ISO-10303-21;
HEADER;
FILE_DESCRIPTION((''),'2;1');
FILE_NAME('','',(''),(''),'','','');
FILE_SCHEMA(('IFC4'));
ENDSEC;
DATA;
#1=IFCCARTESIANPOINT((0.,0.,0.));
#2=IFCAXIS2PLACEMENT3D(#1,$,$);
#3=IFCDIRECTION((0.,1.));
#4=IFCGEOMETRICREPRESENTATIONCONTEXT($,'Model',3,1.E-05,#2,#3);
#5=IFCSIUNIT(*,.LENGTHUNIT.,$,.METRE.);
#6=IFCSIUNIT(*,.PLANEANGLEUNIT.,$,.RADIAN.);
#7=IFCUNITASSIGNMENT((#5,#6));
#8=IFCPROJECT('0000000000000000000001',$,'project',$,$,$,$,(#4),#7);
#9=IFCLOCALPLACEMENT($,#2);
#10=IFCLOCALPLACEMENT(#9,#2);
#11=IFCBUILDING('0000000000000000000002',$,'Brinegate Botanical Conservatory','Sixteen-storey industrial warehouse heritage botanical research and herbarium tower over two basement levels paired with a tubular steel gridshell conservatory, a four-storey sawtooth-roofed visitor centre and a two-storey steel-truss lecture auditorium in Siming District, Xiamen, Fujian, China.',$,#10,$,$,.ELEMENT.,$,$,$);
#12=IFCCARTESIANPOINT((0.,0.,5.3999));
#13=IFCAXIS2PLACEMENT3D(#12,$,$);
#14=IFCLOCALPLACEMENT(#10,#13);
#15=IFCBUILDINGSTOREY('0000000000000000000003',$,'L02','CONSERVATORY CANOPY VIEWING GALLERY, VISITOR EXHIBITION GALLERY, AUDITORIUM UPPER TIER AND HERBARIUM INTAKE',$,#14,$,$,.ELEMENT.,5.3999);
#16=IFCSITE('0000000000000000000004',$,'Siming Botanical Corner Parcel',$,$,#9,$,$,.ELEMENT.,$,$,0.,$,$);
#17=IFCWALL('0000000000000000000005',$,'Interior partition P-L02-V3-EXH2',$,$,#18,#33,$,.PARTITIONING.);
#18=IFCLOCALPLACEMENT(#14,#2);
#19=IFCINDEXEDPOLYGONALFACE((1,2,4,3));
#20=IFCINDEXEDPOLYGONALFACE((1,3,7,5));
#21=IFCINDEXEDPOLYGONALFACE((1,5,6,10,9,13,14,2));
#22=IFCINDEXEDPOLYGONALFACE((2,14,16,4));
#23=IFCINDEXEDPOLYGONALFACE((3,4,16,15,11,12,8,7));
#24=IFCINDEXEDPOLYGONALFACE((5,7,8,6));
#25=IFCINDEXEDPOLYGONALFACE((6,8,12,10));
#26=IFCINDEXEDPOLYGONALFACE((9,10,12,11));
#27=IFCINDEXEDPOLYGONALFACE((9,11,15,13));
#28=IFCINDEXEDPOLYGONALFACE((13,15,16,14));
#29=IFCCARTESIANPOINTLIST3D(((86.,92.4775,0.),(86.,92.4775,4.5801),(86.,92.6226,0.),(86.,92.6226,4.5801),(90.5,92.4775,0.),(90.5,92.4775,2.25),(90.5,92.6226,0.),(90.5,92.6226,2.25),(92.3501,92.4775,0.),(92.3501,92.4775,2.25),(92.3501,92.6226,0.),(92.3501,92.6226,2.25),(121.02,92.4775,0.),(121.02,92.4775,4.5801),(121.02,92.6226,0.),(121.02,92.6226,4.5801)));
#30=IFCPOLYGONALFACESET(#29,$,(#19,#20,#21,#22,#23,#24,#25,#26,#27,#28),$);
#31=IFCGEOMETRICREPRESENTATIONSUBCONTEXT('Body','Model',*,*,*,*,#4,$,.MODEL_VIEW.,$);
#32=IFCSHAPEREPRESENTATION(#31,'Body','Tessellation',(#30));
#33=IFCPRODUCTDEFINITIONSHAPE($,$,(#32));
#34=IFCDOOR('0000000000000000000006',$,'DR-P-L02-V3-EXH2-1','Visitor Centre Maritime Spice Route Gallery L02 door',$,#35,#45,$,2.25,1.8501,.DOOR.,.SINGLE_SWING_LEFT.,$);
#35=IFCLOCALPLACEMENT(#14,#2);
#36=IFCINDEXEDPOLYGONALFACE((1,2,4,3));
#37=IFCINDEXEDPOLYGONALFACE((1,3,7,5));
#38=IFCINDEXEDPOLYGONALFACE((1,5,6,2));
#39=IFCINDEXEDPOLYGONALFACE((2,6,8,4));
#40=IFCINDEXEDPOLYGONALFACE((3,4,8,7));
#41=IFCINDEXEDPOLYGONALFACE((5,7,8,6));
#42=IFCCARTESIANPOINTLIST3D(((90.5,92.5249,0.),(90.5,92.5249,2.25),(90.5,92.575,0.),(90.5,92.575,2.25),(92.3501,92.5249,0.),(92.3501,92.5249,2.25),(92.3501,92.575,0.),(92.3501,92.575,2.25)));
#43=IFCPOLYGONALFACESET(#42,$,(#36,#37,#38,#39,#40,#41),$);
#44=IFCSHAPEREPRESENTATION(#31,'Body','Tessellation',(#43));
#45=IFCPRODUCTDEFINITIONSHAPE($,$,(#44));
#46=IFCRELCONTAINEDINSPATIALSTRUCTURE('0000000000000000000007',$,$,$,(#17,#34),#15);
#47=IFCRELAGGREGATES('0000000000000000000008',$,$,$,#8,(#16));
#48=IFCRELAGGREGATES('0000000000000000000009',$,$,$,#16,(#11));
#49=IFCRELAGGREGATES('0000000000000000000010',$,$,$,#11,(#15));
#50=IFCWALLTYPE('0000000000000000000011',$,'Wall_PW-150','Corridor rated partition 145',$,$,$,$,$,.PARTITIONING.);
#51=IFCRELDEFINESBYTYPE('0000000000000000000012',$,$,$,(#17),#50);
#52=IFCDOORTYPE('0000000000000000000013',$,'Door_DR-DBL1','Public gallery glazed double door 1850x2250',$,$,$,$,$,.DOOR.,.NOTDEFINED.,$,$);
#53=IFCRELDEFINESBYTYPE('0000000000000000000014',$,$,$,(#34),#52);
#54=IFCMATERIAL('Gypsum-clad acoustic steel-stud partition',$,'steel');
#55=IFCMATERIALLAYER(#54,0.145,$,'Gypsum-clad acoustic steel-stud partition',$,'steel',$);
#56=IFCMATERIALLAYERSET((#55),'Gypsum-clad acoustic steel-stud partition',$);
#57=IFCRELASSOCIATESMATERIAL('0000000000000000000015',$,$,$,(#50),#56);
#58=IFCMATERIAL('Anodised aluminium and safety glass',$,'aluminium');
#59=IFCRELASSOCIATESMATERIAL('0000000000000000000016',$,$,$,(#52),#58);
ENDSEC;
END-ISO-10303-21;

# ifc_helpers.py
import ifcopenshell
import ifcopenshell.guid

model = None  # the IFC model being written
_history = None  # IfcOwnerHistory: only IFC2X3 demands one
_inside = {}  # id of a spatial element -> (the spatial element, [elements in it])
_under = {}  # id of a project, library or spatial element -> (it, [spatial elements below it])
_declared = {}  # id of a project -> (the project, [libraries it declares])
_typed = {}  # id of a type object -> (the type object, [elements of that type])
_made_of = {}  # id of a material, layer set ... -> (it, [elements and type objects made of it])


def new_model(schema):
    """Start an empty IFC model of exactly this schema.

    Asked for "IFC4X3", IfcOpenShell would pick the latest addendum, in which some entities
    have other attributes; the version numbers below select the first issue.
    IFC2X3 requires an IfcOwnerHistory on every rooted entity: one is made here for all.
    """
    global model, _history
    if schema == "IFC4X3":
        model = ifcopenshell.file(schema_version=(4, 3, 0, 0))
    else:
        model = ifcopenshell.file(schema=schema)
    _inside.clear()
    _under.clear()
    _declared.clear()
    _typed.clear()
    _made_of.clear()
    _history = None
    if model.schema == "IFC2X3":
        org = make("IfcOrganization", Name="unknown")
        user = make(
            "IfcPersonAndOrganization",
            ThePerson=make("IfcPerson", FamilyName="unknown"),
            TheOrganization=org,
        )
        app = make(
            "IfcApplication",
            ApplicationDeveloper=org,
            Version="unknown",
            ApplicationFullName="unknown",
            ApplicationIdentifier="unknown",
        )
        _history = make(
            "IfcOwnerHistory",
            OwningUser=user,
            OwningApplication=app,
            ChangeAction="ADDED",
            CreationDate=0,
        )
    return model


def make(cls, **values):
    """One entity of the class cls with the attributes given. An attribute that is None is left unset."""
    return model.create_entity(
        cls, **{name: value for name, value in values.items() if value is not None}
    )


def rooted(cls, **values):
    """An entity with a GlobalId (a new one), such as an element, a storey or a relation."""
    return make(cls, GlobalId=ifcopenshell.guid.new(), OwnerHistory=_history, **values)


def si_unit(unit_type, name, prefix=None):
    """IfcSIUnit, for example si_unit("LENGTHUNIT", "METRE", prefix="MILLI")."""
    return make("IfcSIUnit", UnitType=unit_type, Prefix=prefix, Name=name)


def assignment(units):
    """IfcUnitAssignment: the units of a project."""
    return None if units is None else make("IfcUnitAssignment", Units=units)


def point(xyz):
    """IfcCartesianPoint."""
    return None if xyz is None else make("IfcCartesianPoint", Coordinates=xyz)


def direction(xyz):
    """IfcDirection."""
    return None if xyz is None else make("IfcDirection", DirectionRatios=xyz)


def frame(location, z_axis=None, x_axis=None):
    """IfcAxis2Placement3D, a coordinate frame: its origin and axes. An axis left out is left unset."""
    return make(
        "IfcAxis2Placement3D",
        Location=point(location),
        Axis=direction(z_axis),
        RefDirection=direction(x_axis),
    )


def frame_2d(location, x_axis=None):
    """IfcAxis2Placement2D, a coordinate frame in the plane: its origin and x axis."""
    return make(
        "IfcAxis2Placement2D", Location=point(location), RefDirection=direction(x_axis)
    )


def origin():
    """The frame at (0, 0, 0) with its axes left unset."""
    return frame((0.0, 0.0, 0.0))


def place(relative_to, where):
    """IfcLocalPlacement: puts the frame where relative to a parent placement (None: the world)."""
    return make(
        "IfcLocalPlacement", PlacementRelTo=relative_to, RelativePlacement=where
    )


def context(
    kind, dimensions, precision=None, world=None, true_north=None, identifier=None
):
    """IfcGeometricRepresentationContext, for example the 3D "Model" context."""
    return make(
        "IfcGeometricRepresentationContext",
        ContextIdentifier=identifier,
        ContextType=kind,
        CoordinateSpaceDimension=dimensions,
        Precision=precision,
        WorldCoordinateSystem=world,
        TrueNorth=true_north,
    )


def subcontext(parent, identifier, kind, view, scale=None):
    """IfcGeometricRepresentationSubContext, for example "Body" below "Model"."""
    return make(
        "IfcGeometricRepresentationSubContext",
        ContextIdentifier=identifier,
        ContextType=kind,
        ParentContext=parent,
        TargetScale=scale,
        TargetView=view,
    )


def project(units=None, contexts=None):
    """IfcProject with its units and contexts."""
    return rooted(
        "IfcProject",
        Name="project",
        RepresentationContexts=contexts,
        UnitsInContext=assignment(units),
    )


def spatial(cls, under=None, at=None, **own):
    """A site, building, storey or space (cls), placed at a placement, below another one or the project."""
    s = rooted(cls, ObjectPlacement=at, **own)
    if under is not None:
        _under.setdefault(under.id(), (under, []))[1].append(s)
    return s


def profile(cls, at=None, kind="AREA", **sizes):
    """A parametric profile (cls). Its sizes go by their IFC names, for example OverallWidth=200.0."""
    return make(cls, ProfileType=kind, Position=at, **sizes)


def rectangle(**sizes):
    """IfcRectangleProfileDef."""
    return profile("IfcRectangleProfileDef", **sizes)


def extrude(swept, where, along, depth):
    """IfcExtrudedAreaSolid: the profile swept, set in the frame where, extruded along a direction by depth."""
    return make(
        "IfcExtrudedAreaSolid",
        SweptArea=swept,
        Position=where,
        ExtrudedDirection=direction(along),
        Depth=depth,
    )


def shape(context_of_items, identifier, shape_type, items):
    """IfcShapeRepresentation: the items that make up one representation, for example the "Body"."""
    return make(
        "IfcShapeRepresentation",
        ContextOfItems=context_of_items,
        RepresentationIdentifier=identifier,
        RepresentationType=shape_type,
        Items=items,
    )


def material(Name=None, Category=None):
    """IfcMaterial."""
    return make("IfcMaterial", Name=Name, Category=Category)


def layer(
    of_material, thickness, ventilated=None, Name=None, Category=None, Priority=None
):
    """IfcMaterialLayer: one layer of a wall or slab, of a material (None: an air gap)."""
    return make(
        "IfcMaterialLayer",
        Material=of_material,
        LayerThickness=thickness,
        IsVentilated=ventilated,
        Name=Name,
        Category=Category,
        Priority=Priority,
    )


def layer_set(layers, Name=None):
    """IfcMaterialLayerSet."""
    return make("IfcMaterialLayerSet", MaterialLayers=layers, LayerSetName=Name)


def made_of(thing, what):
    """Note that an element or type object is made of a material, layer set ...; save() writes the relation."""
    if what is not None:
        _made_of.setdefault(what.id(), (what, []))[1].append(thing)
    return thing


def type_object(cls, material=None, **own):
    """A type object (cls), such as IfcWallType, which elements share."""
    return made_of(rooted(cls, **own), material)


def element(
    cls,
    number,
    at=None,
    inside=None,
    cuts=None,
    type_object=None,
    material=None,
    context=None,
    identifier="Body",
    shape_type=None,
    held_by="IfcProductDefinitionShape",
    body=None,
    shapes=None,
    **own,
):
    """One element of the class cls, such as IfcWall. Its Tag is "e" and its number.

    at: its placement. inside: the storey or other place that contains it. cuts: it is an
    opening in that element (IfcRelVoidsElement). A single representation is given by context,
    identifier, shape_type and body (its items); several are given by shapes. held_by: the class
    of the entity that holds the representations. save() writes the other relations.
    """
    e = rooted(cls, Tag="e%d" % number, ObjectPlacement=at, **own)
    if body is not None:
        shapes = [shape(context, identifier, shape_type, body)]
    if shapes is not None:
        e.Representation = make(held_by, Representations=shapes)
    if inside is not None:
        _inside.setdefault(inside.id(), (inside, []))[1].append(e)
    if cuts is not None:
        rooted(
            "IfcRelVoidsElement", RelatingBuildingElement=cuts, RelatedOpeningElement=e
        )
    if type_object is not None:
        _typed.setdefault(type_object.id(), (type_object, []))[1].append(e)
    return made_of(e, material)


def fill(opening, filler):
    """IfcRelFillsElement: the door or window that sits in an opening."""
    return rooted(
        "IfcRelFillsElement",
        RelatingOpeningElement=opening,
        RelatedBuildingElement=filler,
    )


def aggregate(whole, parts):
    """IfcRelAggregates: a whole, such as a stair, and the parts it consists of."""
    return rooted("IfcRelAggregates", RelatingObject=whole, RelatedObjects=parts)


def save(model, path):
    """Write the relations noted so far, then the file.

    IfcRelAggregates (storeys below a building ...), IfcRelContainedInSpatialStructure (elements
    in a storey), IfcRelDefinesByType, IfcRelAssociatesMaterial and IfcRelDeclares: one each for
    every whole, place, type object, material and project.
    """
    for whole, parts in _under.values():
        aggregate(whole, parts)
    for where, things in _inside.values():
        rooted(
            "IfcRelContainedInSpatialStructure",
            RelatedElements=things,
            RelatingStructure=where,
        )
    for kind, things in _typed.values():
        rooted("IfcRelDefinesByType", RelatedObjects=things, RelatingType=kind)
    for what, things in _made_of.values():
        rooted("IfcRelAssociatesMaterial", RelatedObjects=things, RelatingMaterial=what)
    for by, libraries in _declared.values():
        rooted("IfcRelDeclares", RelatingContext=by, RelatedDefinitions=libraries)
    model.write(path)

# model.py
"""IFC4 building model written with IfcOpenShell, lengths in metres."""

from ifc_helpers import new_model, si_unit, direction, frame, frame_2d, origin, place, context, subcontext, project, spatial, rectangle, extrude, material, layer, layer_set, type_object, element, fill, save


model = new_model("IFC4")

# Units and contexts
model_context = context("Model", 3, precision=1e-05, world=origin(), true_north=direction((0.0, 1.0)))
body_context = subcontext(model_context, "Body", "Model", "MODEL_VIEW")
ifc_project = project(units=[si_unit("LENGTHUNIT", "METRE"), si_unit("PLANEANGLEUNIT", "RADIAN")], contexts=[model_context])

# Site, building, storey
site_placement = place(None, origin())
site = spatial("IfcSite", under=ifc_project, at=site_placement, Name="Siming Botanical Corner Parcel", CompositionType="ELEMENT", RefElevation=0.0)
building_placement = place(site_placement, origin())
building = spatial("IfcBuilding", under=site, at=building_placement, Name="Brinegate Botanical Conservatory", Description="Sixteen-storey industrial warehouse heritage botanical research and herbarium tower over two basement levels paired with a tubular steel gridshell conservatory, a four-storey sawtooth-roofed visitor centre and a two-storey steel-truss lecture auditorium in Siming District, Xiamen, Fujian, China.", CompositionType="ELEMENT")
storey_placement = place(building_placement, frame((0.0, 0.0, 5.3999)))
storey = spatial("IfcBuildingStorey", under=building, at=storey_placement, Name="L02", Description="CONSERVATORY CANOPY VIEWING GALLERY, VISITOR EXHIBITION GALLERY, AUDITORIUM UPPER TIER AND HERBARIUM INTAKE", CompositionType="ELEMENT", Elevation=5.3999)

# Wall, opening, door
ifc_material_1 = material(Name="Gypsum-clad acoustic steel-stud partition", Category="steel")
ifc_layer_1 = layer(ifc_material_1, 0.145, Name="Gypsum-clad acoustic steel-stud partition", Category="steel")
ifc_layer_set_1 = layer_set([ifc_layer_1], Name="Gypsum-clad acoustic steel-stud partition")
wall_type_1 = type_object("IfcWallType", Name="Wall_PW-150", Description="Corridor rated partition 145", PredefinedType="PARTITIONING", material=ifc_layer_set_1)
wall_1_placement = place(storey_placement, frame((86.0, 92.55, 0.0), z_axis=(0.0, 0.0, 1.0), x_axis=(1.0, 0.0, 0.0)))
wall_1 = element("IfcWall", 1, at=wall_1_placement, inside=storey, type_object=wall_type_1, Name="Interior partition P-L02-V3-EXH2", PredefinedType="PARTITIONING", context=body_context, shape_type="SweptSolid", body=[
    extrude(rectangle(XDim=35.02, YDim=0.145, at=frame_2d((17.51, 0.0))), origin(), (0.0, 0.0, 1.0), 4.5801),
])
opening_1_placement = place(wall_1_placement, frame((4.5, 0.0, 0.0)))
opening_1 = element("IfcOpeningElement", 2, at=opening_1_placement, cuts=wall_1, PredefinedType="OPENING", context=body_context, shape_type="SweptSolid", body=[
    extrude(rectangle(XDim=1.8501, YDim=2.25, at=frame_2d((0.925, 1.125))), frame((0.0, 0.0825, 0.0), z_axis=(0.0, -1.0, 0.0), x_axis=(1.0, 0.0, 0.0)), (0.0, 0.0, 1.0), 0.165),
])
ifc_material_2 = material(Name="Anodised aluminium and safety glass", Category="aluminium")
door_type = type_object("IfcDoorType", Name="Door_DR-DBL1", Description="Public gallery glazed double door 1850x2250", OperationType="NOTDEFINED", PredefinedType="DOOR", material=ifc_material_2)
door_placement = place(opening_1_placement, origin())
door = element("IfcDoor", 3, at=door_placement, inside=storey, type_object=door_type, Name="DR-P-L02-V3-EXH2-1", Description="Visitor Centre Maritime Spice Route Gallery L02 door", OperationType="SINGLE_SWING_LEFT", OverallHeight=2.25, OverallWidth=1.8501, PredefinedType="DOOR", context=body_context, shape_type="SweptSolid", body=[
    extrude(rectangle(XDim=1.8501, YDim=2.25, at=frame_2d((0.925, 1.125))), frame((0.0, 0.0249, 0.0), z_axis=(0.0, -1.0, 0.0), x_axis=(1.0, 0.0, 0.0)), (0.0, 0.0, 1.0), 0.05),
])
fill(opening_1, door)

save(model, "model.ifc")
